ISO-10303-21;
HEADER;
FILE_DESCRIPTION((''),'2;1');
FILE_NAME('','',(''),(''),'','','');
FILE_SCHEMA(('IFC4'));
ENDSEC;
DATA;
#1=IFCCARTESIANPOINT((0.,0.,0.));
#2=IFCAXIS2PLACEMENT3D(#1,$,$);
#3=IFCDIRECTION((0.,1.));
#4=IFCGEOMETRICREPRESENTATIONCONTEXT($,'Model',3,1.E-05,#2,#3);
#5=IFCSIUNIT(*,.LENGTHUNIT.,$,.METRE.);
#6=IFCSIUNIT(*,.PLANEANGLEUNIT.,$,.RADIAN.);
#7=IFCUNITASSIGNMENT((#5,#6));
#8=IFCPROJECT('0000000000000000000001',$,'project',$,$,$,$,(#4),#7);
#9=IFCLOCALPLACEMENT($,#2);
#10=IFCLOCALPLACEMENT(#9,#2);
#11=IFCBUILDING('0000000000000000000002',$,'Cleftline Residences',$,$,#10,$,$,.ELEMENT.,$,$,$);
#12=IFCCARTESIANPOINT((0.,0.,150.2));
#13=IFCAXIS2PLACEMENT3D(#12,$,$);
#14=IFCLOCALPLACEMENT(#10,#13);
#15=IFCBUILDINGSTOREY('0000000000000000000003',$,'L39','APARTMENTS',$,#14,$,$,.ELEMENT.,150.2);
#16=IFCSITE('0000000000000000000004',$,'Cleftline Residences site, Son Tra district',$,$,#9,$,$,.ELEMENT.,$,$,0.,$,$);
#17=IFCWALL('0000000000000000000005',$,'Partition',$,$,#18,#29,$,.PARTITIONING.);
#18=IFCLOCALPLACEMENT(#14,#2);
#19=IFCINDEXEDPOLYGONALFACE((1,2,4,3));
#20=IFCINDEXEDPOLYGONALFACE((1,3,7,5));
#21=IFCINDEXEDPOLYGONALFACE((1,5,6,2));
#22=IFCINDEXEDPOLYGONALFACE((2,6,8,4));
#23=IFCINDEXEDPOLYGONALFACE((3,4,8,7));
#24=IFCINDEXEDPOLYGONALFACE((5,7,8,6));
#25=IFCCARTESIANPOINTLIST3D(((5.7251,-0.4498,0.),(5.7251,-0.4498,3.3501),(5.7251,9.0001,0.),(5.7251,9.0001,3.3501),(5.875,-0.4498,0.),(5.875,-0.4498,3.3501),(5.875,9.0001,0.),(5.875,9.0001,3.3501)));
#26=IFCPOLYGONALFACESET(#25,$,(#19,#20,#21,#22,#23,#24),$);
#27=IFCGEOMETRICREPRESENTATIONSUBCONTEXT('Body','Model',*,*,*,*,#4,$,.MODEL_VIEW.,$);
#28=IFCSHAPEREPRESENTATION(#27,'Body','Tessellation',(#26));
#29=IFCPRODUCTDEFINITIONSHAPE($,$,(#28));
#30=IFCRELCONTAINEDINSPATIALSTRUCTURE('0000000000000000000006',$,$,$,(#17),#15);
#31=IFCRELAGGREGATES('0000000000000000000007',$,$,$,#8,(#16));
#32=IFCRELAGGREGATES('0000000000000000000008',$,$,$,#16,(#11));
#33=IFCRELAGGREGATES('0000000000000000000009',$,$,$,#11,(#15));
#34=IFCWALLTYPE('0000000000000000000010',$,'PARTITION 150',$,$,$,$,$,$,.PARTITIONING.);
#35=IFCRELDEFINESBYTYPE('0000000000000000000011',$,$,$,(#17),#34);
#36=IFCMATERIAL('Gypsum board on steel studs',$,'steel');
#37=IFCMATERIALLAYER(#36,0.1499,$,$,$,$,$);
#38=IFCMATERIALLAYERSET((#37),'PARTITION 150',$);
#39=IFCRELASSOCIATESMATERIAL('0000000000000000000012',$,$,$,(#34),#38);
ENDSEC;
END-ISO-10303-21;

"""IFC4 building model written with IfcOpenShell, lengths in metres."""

from ifc_helpers import new_model, si_unit, direction, frame, frame_2d, origin, place, context, subcontext, project, spatial, rectangle, extrude, material, layer, layer_set, type_object, element, save


model = new_model("IFC4")

# Units and contexts
model_context = context("Model", 3, precision=1e-05, world=origin(), true_north=direction((0.0, 1.0)))
body_context = subcontext(model_context, "Body", "Model", "MODEL_VIEW")
ifc_project = project(units=[si_unit("LENGTHUNIT", "METRE"), si_unit("PLANEANGLEUNIT", "RADIAN")], contexts=[model_context])

# Site, building, storey
site_placement = place(None, origin())
site = spatial("IfcSite", under=ifc_project, at=site_placement, Name="Cleftline Residences site, Son Tra district", CompositionType="ELEMENT", RefElevation=0.0)
building_placement = place(site_placement, origin())
building = spatial("IfcBuilding", under=site, at=building_placement, Name="Cleftline Residences", CompositionType="ELEMENT")
storey_placement = place(building_placement, frame((0.0, 0.0, 150.2)))
storey = spatial("IfcBuildingStorey", under=building, at=storey_placement, Name="L39", Description="APARTMENTS", CompositionType="ELEMENT", Elevation=150.2)

# Shared definitions
ifc_material_1 = material(Name="Gypsum board on steel studs", Category="steel")
ifc_layer_1 = layer(ifc_material_1, 0.1499)
ifc_layer_set_1 = layer_set([ifc_layer_1], Name="PARTITION 150")
wall_type_1 = type_object("IfcWallType", Name="PARTITION 150", PredefinedType="PARTITIONING", material=ifc_layer_set_1)

# Wall
wall_1_placement = place(storey_placement, frame((5.8, -0.45, 0.0), z_axis=(0.0, 0.0, 1.0), x_axis=(0.0, 1.0, 0.0)))
element("IfcWall", 1, at=wall_1_placement, inside=storey, type_object=wall_type_1, Name="Partition", PredefinedType="PARTITIONING", context=body_context, shape_type="SweptSolid", body=[
    extrude(rectangle(XDim=9.45, YDim=0.1499, at=frame_2d((4.7251, 0.0))), origin(), (0.0, 0.0, 1.0), 3.3501),
])

save(model, "model.ifc")
